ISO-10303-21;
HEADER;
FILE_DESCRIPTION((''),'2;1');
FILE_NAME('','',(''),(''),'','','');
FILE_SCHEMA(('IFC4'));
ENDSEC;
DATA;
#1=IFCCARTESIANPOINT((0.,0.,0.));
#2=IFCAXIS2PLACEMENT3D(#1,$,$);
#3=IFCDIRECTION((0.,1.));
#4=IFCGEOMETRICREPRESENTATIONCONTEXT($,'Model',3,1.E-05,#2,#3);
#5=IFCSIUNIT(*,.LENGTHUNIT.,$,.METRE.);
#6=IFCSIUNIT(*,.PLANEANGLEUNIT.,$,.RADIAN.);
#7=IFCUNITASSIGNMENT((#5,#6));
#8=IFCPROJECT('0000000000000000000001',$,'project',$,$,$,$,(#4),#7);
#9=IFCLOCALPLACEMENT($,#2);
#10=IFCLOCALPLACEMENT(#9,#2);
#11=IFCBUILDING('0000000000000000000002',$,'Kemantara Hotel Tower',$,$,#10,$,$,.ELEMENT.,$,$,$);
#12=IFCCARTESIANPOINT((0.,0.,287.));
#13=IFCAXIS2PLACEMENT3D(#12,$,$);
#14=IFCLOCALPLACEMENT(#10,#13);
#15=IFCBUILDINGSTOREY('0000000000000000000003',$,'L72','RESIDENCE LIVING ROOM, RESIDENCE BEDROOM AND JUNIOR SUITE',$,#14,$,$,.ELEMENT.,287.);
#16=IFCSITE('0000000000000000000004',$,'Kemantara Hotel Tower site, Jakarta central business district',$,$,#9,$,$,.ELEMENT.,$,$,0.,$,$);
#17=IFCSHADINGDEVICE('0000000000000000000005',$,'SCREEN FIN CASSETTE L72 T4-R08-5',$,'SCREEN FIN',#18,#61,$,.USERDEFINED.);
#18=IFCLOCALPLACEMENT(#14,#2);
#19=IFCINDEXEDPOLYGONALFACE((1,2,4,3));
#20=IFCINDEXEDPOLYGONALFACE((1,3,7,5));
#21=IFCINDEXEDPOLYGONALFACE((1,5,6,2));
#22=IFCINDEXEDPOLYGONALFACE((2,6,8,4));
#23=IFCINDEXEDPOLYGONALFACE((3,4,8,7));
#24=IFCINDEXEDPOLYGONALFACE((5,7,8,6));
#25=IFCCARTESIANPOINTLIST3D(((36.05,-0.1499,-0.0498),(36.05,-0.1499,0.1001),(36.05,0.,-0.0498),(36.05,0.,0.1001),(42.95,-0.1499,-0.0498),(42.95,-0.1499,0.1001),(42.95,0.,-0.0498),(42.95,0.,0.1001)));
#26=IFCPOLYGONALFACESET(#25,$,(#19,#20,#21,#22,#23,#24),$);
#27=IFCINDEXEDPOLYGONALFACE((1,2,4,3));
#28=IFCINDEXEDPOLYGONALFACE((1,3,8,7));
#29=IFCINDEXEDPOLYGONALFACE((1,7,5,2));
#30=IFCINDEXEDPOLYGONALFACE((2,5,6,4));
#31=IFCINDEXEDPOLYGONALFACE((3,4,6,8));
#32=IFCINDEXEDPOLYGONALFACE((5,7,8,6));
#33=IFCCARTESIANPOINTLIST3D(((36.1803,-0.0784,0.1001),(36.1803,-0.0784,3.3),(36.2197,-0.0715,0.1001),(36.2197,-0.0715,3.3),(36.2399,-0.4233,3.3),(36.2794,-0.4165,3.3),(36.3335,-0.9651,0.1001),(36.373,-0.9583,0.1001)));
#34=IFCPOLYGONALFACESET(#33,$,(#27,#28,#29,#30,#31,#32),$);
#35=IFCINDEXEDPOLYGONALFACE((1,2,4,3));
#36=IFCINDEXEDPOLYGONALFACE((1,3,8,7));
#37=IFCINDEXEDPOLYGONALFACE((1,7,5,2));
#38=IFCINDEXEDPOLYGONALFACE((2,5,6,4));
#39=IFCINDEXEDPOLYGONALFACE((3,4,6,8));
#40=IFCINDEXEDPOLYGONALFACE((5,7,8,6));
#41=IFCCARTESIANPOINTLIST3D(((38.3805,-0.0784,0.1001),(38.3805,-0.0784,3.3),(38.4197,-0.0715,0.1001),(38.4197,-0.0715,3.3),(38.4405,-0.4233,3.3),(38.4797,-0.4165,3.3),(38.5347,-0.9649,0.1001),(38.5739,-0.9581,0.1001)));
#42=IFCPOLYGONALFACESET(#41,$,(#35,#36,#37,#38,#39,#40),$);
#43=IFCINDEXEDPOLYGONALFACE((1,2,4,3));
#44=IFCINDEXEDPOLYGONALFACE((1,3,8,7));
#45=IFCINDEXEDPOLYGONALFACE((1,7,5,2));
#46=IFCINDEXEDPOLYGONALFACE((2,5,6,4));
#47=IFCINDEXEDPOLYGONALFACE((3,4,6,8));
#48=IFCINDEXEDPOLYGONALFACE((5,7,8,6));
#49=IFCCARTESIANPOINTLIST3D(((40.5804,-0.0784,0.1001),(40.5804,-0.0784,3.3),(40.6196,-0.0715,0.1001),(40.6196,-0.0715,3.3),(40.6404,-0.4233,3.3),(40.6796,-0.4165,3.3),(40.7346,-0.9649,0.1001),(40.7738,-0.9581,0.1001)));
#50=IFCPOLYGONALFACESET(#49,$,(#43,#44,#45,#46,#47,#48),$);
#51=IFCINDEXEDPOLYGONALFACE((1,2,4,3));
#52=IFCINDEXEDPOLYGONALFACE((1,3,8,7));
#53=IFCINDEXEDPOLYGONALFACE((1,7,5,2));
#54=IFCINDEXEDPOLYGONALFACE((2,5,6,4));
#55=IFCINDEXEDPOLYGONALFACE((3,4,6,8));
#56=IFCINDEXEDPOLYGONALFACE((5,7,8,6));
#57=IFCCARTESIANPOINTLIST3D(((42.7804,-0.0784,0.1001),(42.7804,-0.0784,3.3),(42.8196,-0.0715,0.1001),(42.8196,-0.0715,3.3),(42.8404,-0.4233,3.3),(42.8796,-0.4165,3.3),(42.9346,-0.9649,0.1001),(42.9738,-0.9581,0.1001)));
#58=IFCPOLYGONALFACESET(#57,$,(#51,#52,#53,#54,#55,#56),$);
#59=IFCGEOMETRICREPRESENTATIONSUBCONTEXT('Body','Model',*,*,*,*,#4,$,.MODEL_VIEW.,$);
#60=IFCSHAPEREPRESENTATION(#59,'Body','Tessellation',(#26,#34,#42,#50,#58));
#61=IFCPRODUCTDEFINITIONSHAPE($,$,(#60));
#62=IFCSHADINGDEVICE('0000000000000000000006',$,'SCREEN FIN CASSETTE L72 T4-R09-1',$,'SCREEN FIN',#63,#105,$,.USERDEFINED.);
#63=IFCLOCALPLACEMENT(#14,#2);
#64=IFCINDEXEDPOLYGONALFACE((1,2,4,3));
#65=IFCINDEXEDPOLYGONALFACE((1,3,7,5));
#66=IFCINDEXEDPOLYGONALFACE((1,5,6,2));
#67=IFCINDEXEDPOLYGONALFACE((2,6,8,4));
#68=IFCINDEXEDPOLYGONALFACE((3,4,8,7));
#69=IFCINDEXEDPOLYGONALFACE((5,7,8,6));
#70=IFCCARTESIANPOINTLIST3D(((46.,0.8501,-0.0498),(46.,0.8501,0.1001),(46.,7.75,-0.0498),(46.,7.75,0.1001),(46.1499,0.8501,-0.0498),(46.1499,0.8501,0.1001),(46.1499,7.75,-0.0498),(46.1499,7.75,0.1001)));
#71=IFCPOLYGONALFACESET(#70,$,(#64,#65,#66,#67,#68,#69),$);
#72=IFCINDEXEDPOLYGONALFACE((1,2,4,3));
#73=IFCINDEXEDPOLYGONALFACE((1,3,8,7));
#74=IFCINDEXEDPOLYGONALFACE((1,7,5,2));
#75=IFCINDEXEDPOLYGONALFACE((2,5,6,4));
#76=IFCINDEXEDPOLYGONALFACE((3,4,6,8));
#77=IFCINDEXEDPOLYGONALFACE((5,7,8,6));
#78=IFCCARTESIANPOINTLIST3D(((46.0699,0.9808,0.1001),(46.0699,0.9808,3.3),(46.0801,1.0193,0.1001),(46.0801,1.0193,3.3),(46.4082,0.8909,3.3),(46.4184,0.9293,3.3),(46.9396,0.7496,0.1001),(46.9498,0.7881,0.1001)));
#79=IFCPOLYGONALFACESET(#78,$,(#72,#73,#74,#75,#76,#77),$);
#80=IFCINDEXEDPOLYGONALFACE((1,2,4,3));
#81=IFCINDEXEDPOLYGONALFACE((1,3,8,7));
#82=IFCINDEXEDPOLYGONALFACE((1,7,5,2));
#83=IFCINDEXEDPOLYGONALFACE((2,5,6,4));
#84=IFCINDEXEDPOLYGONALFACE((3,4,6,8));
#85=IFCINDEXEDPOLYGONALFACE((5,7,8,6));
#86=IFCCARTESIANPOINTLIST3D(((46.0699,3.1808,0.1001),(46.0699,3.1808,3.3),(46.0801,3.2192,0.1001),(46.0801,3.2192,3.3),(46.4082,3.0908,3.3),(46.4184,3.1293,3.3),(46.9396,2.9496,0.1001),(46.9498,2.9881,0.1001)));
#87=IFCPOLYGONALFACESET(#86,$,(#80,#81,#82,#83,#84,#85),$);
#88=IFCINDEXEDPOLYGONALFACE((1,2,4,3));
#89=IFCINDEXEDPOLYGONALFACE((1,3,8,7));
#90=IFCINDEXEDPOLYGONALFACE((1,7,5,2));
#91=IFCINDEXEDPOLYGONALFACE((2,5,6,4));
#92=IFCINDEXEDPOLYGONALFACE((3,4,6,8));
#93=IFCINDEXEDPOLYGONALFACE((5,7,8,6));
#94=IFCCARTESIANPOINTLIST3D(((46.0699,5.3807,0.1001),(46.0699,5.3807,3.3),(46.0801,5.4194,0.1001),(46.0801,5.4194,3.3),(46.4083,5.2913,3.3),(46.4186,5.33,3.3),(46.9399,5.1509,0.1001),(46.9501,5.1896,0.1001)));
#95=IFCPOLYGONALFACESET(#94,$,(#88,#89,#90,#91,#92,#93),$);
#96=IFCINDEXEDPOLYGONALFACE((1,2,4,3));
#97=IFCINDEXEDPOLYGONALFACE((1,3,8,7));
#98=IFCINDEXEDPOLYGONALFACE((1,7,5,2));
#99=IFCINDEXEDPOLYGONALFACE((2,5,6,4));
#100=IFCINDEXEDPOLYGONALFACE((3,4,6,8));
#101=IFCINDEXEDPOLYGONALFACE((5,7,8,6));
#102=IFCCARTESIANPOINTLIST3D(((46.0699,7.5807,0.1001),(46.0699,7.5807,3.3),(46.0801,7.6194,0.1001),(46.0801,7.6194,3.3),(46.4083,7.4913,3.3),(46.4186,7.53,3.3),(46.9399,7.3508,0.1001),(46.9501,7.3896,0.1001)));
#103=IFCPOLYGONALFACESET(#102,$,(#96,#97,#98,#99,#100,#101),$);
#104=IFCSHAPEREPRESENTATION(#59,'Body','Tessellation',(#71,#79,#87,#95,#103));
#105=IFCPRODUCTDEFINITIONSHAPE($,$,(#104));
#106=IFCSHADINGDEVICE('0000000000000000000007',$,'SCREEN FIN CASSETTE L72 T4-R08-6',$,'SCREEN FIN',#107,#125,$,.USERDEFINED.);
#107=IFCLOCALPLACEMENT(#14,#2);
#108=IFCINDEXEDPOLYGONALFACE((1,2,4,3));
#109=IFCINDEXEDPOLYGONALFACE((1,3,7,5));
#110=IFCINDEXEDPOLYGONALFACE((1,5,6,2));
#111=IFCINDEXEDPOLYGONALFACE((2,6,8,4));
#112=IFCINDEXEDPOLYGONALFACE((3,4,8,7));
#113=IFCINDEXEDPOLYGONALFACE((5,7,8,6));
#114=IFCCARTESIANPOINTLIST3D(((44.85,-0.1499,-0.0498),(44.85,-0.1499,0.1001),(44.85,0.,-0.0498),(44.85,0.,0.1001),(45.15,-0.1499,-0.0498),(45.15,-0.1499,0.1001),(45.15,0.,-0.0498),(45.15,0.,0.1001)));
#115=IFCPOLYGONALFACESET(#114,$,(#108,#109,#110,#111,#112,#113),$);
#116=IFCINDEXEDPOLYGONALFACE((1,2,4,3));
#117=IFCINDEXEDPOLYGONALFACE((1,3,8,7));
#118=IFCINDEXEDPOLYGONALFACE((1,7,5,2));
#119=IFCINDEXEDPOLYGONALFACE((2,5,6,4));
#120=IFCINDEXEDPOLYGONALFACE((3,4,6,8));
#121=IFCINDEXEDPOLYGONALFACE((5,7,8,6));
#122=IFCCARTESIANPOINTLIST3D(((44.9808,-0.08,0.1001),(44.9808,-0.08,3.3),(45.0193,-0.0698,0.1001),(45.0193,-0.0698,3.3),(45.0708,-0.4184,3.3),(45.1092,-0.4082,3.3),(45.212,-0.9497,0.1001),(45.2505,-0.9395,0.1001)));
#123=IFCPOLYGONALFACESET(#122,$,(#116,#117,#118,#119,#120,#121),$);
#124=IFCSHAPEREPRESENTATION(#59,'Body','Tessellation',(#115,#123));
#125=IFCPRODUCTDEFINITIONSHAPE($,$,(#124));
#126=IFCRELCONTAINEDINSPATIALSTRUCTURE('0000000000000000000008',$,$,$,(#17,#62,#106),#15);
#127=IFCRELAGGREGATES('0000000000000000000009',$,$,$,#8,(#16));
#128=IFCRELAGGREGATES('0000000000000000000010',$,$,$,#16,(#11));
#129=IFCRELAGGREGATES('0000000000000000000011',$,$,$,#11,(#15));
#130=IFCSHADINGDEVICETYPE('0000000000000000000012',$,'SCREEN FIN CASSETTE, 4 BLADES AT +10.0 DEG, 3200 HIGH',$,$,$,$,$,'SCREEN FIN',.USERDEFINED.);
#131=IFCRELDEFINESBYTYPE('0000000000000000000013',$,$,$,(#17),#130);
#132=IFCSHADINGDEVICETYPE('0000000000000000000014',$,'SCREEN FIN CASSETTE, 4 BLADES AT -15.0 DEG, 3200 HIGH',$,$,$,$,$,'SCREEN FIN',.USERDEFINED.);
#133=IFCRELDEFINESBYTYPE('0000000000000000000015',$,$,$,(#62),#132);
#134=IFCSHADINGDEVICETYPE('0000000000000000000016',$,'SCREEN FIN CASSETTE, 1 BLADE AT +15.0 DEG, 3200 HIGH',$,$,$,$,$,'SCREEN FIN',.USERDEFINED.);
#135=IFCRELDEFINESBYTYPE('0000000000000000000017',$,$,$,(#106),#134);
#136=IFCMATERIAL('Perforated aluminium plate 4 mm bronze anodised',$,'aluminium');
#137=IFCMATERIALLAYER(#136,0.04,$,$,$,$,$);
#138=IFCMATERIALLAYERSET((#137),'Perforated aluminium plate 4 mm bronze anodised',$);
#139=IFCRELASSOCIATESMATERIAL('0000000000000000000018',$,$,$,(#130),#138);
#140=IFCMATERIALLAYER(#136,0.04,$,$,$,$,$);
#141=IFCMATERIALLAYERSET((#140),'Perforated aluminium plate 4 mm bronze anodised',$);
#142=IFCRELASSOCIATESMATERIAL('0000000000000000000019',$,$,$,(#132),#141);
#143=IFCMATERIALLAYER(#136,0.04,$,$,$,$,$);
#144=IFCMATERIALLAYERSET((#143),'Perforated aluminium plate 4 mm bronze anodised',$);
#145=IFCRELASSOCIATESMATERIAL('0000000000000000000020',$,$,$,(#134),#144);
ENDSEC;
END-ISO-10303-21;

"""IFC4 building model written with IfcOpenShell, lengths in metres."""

from ifc_helpers import new_model, si_unit, direction, frame, origin, origin_2d, place, context, subcontext, project, spatial, polyline, rectangle, outline, extrude, source, transform, mapped, material, layer, layer_set, type_object, element, save


model = new_model("IFC4")

# Units and contexts
model_context = context("Model", 3, precision=1e-05, world=origin(), true_north=direction((0.0, 1.0)))
body_context = subcontext(model_context, "Body", "Model", "MODEL_VIEW")
ifc_project = project(units=[si_unit("LENGTHUNIT", "METRE"), si_unit("PLANEANGLEUNIT", "RADIAN")], contexts=[model_context])

# Site, building, storey
site_placement = place(None, origin())
site = spatial("IfcSite", under=ifc_project, at=site_placement, Name="Kemantara Hotel Tower site, Jakarta central business district", CompositionType="ELEMENT", RefElevation=0.0)
building_placement = place(site_placement, origin())
building = spatial("IfcBuilding", under=site, at=building_placement, Name="Kemantara Hotel Tower", CompositionType="ELEMENT")
storey_placement = place(building_placement, frame((0.0, 0.0, 287.0)))
storey = spatial("IfcBuildingStorey", under=building, at=storey_placement, Name="L72", Description="RESIDENCE LIVING ROOM, RESIDENCE BEDROOM AND JUNIOR SUITE", CompositionType="ELEMENT", Elevation=287.0)

# Shading devices
ifc_material_1 = material(Name="Perforated aluminium plate 4 mm bronze anodised", Category="aluminium")
ifc_layer_1 = layer(ifc_material_1, 0.04)
ifc_layer_set_1 = layer_set([ifc_layer_1], Name="Perforated aluminium plate 4 mm bronze anodised")
shading_device_type_1 = type_object("IfcShadingDeviceType", Name="SCREEN FIN CASSETTE, 4 BLADES AT +10.0 DEG, 3200 HIGH", ElementType="SCREEN FIN", PredefinedType="USERDEFINED", material=ifc_layer_set_1)
shared_shape_1 = source(origin(), body_context, "Body", "SweptSolid", [
    extrude(rectangle(XDim=6.8999, YDim=0.1499, at=origin_2d()), frame((3.3, -0.075, -0.1499), z_axis=(0.0, 0.0, 1.0), x_axis=(1.0, 0.0, 0.0)), (0.0, 0.0, 1.0), 0.1499),
    extrude(outline(polyline([(0.0, 0.0), (0.8999, 0.0), (0.3501, 3.2), (0.0, 3.2), (0.0, 0.0)])), frame((0.0198, -0.0715, 0.0), z_axis=(-0.98539, -0.170314, 0.0), x_axis=(0.170314, -0.98539, 0.0)), (0.0, 0.0, 1.0), 0.04),
    extrude(outline(polyline([(0.0, 0.0), (0.8999, 0.0), (0.3501, 3.2), (0.0, 3.2), (0.0, 0.0)])), frame((2.2197, -0.0715, 0.0), z_axis=(-0.985212, -0.171341, 0.0), x_axis=(0.171341, -0.985212, 0.0)), (0.0, 0.0, 1.0), 0.0398),
    extrude(outline(polyline([(0.0, 0.0), (0.8999, 0.0), (0.3501, 3.2), (0.0, 3.2), (0.0, 0.0)])), frame((4.4197, -0.0715, 0.0), z_axis=(-0.985212, -0.171341, 0.0), x_axis=(0.171341, -0.985212, 0.0)), (0.0, 0.0, 1.0), 0.0398),
    extrude(outline(polyline([(0.0, 0.0), (0.8999, 0.0), (0.3501, 3.2), (0.0, 3.2), (0.0, 0.0)])), frame((6.6196, -0.0715, 0.0), z_axis=(-0.985212, -0.171341, 0.0), x_axis=(0.171341, -0.985212, 0.0)), (0.0, 0.0, 1.0), 0.0398),
])
shading_device_1_placement = place(storey_placement, frame((36.2, 0.0, 0.1001), z_axis=(0.0, 0.0, 1.0), x_axis=(1.0, 0.0, 0.0)))
element("IfcShadingDevice", 1, at=shading_device_1_placement, inside=storey, type_object=shading_device_type_1, Name="SCREEN FIN CASSETTE L72 T4-R08-5", ObjectType="SCREEN FIN", PredefinedType="USERDEFINED", context=body_context, shape_type="MappedRepresentation", body=[
    mapped(shared_shape_1, transform((0.0, 0.0, 0.0))),
])
ifc_layer_2 = layer(ifc_material_1, 0.04)
ifc_layer_set_2 = layer_set([ifc_layer_2], Name="Perforated aluminium plate 4 mm bronze anodised")
shading_device_type_2 = type_object("IfcShadingDeviceType", Name="SCREEN FIN CASSETTE, 4 BLADES AT -15.0 DEG, 3200 HIGH", ElementType="SCREEN FIN", PredefinedType="USERDEFINED", material=ifc_layer_set_2)
shared_shape_2 = source(origin(), body_context, "Body", "SweptSolid", [
    extrude(rectangle(XDim=6.8999, YDim=0.1499, at=origin_2d()), frame((3.3, -0.075, -0.1499), z_axis=(0.0, 0.0, 1.0), x_axis=(1.0, 0.0, 0.0)), (0.0, 0.0, 1.0), 0.1499),
    extrude(outline(polyline([(0.0, 0.0), (0.8999, 0.0), (0.3501, 3.2), (0.0, 3.2), (0.0, 0.0)])), frame((0.0193, -0.0801, 0.0), z_axis=(-0.966438, 0.256901, 0.0), x_axis=(-0.256901, -0.966438, 0.0)), (0.0, 0.0, 1.0), 0.0398),
    extrude(outline(polyline([(0.0, 0.0), (0.8999, 0.0), (0.3501, 3.2), (0.0, 3.2), (0.0, 0.0)])), frame((2.2192, -0.0801, 0.0), z_axis=(-0.966438, 0.256901, 0.0), x_axis=(-0.256901, -0.966438, 0.0)), (0.0, 0.0, 1.0), 0.0398),
    extrude(outline(polyline([(0.0, 0.0), (0.8999, 0.0), (0.3501, 3.2), (0.0, 3.2), (0.0, 0.0)])), frame((4.4194, -0.0801, 0.0), z_axis=(-0.966838, 0.255391, 0.0), x_axis=(-0.255391, -0.966838, 0.0)), (0.0, 0.0, 1.0), 0.04),
    extrude(outline(polyline([(0.0, 0.0), (0.8999, 0.0), (0.3501, 3.2), (0.0, 3.2), (0.0, 0.0)])), frame((6.6194, -0.0801, 0.0), z_axis=(-0.966838, 0.255391, 0.0), x_axis=(-0.255391, -0.966838, 0.0)), (0.0, 0.0, 1.0), 0.04),
])
shading_device_2_placement = place(storey_placement, frame((46.0, 1.0, 0.1001), z_axis=(0.0, 0.0, 1.0), x_axis=(0.0, 1.0, 0.0)))
element("IfcShadingDevice", 2, at=shading_device_2_placement, inside=storey, type_object=shading_device_type_2, Name="SCREEN FIN CASSETTE L72 T4-R09-1", ObjectType="SCREEN FIN", PredefinedType="USERDEFINED", context=body_context, shape_type="MappedRepresentation", body=[
    mapped(shared_shape_2, transform((0.0, 0.0, 0.0))),
])
ifc_layer_3 = layer(ifc_material_1, 0.04)
ifc_layer_set_3 = layer_set([ifc_layer_3], Name="Perforated aluminium plate 4 mm bronze anodised")
shading_device_type_3 = type_object("IfcShadingDeviceType", Name="SCREEN FIN CASSETTE, 1 BLADE AT +15.0 DEG, 3200 HIGH", ElementType="SCREEN FIN", PredefinedType="USERDEFINED", material=ifc_layer_set_3)
shared_shape_3 = source(origin(), body_context, "Body", "SweptSolid", [
    extrude(rectangle(XDim=0.3, YDim=0.1499, at=origin_2d()), frame((0.0, -0.075, -0.1499), z_axis=(0.0, 0.0, 1.0), x_axis=(1.0, 0.0, 0.0)), (0.0, 0.0, 1.0), 0.1499),
    extrude(outline(polyline([(0.0, 0.0), (0.8999, 0.0), (0.3501, 3.2), (0.0, 3.2), (0.0, 0.0)])), frame((0.0193, -0.0698, 0.0), z_axis=(-0.966438, -0.256901, 0.0), x_axis=(0.256901, -0.966438, 0.0)), (0.0, 0.0, 1.0), 0.0398),
])
shading_device_3_placement = place(storey_placement, frame((45.0, 0.0, 0.1001), z_axis=(0.0, 0.0, 1.0), x_axis=(1.0, 0.0, 0.0)))
element("IfcShadingDevice", 3, at=shading_device_3_placement, inside=storey, type_object=shading_device_type_3, Name="SCREEN FIN CASSETTE L72 T4-R08-6", ObjectType="SCREEN FIN", PredefinedType="USERDEFINED", context=body_context, shape_type="MappedRepresentation", body=[
    mapped(shared_shape_3, transform((0.0, 0.0, 0.0))),
])

save(model, "model.ifc")
